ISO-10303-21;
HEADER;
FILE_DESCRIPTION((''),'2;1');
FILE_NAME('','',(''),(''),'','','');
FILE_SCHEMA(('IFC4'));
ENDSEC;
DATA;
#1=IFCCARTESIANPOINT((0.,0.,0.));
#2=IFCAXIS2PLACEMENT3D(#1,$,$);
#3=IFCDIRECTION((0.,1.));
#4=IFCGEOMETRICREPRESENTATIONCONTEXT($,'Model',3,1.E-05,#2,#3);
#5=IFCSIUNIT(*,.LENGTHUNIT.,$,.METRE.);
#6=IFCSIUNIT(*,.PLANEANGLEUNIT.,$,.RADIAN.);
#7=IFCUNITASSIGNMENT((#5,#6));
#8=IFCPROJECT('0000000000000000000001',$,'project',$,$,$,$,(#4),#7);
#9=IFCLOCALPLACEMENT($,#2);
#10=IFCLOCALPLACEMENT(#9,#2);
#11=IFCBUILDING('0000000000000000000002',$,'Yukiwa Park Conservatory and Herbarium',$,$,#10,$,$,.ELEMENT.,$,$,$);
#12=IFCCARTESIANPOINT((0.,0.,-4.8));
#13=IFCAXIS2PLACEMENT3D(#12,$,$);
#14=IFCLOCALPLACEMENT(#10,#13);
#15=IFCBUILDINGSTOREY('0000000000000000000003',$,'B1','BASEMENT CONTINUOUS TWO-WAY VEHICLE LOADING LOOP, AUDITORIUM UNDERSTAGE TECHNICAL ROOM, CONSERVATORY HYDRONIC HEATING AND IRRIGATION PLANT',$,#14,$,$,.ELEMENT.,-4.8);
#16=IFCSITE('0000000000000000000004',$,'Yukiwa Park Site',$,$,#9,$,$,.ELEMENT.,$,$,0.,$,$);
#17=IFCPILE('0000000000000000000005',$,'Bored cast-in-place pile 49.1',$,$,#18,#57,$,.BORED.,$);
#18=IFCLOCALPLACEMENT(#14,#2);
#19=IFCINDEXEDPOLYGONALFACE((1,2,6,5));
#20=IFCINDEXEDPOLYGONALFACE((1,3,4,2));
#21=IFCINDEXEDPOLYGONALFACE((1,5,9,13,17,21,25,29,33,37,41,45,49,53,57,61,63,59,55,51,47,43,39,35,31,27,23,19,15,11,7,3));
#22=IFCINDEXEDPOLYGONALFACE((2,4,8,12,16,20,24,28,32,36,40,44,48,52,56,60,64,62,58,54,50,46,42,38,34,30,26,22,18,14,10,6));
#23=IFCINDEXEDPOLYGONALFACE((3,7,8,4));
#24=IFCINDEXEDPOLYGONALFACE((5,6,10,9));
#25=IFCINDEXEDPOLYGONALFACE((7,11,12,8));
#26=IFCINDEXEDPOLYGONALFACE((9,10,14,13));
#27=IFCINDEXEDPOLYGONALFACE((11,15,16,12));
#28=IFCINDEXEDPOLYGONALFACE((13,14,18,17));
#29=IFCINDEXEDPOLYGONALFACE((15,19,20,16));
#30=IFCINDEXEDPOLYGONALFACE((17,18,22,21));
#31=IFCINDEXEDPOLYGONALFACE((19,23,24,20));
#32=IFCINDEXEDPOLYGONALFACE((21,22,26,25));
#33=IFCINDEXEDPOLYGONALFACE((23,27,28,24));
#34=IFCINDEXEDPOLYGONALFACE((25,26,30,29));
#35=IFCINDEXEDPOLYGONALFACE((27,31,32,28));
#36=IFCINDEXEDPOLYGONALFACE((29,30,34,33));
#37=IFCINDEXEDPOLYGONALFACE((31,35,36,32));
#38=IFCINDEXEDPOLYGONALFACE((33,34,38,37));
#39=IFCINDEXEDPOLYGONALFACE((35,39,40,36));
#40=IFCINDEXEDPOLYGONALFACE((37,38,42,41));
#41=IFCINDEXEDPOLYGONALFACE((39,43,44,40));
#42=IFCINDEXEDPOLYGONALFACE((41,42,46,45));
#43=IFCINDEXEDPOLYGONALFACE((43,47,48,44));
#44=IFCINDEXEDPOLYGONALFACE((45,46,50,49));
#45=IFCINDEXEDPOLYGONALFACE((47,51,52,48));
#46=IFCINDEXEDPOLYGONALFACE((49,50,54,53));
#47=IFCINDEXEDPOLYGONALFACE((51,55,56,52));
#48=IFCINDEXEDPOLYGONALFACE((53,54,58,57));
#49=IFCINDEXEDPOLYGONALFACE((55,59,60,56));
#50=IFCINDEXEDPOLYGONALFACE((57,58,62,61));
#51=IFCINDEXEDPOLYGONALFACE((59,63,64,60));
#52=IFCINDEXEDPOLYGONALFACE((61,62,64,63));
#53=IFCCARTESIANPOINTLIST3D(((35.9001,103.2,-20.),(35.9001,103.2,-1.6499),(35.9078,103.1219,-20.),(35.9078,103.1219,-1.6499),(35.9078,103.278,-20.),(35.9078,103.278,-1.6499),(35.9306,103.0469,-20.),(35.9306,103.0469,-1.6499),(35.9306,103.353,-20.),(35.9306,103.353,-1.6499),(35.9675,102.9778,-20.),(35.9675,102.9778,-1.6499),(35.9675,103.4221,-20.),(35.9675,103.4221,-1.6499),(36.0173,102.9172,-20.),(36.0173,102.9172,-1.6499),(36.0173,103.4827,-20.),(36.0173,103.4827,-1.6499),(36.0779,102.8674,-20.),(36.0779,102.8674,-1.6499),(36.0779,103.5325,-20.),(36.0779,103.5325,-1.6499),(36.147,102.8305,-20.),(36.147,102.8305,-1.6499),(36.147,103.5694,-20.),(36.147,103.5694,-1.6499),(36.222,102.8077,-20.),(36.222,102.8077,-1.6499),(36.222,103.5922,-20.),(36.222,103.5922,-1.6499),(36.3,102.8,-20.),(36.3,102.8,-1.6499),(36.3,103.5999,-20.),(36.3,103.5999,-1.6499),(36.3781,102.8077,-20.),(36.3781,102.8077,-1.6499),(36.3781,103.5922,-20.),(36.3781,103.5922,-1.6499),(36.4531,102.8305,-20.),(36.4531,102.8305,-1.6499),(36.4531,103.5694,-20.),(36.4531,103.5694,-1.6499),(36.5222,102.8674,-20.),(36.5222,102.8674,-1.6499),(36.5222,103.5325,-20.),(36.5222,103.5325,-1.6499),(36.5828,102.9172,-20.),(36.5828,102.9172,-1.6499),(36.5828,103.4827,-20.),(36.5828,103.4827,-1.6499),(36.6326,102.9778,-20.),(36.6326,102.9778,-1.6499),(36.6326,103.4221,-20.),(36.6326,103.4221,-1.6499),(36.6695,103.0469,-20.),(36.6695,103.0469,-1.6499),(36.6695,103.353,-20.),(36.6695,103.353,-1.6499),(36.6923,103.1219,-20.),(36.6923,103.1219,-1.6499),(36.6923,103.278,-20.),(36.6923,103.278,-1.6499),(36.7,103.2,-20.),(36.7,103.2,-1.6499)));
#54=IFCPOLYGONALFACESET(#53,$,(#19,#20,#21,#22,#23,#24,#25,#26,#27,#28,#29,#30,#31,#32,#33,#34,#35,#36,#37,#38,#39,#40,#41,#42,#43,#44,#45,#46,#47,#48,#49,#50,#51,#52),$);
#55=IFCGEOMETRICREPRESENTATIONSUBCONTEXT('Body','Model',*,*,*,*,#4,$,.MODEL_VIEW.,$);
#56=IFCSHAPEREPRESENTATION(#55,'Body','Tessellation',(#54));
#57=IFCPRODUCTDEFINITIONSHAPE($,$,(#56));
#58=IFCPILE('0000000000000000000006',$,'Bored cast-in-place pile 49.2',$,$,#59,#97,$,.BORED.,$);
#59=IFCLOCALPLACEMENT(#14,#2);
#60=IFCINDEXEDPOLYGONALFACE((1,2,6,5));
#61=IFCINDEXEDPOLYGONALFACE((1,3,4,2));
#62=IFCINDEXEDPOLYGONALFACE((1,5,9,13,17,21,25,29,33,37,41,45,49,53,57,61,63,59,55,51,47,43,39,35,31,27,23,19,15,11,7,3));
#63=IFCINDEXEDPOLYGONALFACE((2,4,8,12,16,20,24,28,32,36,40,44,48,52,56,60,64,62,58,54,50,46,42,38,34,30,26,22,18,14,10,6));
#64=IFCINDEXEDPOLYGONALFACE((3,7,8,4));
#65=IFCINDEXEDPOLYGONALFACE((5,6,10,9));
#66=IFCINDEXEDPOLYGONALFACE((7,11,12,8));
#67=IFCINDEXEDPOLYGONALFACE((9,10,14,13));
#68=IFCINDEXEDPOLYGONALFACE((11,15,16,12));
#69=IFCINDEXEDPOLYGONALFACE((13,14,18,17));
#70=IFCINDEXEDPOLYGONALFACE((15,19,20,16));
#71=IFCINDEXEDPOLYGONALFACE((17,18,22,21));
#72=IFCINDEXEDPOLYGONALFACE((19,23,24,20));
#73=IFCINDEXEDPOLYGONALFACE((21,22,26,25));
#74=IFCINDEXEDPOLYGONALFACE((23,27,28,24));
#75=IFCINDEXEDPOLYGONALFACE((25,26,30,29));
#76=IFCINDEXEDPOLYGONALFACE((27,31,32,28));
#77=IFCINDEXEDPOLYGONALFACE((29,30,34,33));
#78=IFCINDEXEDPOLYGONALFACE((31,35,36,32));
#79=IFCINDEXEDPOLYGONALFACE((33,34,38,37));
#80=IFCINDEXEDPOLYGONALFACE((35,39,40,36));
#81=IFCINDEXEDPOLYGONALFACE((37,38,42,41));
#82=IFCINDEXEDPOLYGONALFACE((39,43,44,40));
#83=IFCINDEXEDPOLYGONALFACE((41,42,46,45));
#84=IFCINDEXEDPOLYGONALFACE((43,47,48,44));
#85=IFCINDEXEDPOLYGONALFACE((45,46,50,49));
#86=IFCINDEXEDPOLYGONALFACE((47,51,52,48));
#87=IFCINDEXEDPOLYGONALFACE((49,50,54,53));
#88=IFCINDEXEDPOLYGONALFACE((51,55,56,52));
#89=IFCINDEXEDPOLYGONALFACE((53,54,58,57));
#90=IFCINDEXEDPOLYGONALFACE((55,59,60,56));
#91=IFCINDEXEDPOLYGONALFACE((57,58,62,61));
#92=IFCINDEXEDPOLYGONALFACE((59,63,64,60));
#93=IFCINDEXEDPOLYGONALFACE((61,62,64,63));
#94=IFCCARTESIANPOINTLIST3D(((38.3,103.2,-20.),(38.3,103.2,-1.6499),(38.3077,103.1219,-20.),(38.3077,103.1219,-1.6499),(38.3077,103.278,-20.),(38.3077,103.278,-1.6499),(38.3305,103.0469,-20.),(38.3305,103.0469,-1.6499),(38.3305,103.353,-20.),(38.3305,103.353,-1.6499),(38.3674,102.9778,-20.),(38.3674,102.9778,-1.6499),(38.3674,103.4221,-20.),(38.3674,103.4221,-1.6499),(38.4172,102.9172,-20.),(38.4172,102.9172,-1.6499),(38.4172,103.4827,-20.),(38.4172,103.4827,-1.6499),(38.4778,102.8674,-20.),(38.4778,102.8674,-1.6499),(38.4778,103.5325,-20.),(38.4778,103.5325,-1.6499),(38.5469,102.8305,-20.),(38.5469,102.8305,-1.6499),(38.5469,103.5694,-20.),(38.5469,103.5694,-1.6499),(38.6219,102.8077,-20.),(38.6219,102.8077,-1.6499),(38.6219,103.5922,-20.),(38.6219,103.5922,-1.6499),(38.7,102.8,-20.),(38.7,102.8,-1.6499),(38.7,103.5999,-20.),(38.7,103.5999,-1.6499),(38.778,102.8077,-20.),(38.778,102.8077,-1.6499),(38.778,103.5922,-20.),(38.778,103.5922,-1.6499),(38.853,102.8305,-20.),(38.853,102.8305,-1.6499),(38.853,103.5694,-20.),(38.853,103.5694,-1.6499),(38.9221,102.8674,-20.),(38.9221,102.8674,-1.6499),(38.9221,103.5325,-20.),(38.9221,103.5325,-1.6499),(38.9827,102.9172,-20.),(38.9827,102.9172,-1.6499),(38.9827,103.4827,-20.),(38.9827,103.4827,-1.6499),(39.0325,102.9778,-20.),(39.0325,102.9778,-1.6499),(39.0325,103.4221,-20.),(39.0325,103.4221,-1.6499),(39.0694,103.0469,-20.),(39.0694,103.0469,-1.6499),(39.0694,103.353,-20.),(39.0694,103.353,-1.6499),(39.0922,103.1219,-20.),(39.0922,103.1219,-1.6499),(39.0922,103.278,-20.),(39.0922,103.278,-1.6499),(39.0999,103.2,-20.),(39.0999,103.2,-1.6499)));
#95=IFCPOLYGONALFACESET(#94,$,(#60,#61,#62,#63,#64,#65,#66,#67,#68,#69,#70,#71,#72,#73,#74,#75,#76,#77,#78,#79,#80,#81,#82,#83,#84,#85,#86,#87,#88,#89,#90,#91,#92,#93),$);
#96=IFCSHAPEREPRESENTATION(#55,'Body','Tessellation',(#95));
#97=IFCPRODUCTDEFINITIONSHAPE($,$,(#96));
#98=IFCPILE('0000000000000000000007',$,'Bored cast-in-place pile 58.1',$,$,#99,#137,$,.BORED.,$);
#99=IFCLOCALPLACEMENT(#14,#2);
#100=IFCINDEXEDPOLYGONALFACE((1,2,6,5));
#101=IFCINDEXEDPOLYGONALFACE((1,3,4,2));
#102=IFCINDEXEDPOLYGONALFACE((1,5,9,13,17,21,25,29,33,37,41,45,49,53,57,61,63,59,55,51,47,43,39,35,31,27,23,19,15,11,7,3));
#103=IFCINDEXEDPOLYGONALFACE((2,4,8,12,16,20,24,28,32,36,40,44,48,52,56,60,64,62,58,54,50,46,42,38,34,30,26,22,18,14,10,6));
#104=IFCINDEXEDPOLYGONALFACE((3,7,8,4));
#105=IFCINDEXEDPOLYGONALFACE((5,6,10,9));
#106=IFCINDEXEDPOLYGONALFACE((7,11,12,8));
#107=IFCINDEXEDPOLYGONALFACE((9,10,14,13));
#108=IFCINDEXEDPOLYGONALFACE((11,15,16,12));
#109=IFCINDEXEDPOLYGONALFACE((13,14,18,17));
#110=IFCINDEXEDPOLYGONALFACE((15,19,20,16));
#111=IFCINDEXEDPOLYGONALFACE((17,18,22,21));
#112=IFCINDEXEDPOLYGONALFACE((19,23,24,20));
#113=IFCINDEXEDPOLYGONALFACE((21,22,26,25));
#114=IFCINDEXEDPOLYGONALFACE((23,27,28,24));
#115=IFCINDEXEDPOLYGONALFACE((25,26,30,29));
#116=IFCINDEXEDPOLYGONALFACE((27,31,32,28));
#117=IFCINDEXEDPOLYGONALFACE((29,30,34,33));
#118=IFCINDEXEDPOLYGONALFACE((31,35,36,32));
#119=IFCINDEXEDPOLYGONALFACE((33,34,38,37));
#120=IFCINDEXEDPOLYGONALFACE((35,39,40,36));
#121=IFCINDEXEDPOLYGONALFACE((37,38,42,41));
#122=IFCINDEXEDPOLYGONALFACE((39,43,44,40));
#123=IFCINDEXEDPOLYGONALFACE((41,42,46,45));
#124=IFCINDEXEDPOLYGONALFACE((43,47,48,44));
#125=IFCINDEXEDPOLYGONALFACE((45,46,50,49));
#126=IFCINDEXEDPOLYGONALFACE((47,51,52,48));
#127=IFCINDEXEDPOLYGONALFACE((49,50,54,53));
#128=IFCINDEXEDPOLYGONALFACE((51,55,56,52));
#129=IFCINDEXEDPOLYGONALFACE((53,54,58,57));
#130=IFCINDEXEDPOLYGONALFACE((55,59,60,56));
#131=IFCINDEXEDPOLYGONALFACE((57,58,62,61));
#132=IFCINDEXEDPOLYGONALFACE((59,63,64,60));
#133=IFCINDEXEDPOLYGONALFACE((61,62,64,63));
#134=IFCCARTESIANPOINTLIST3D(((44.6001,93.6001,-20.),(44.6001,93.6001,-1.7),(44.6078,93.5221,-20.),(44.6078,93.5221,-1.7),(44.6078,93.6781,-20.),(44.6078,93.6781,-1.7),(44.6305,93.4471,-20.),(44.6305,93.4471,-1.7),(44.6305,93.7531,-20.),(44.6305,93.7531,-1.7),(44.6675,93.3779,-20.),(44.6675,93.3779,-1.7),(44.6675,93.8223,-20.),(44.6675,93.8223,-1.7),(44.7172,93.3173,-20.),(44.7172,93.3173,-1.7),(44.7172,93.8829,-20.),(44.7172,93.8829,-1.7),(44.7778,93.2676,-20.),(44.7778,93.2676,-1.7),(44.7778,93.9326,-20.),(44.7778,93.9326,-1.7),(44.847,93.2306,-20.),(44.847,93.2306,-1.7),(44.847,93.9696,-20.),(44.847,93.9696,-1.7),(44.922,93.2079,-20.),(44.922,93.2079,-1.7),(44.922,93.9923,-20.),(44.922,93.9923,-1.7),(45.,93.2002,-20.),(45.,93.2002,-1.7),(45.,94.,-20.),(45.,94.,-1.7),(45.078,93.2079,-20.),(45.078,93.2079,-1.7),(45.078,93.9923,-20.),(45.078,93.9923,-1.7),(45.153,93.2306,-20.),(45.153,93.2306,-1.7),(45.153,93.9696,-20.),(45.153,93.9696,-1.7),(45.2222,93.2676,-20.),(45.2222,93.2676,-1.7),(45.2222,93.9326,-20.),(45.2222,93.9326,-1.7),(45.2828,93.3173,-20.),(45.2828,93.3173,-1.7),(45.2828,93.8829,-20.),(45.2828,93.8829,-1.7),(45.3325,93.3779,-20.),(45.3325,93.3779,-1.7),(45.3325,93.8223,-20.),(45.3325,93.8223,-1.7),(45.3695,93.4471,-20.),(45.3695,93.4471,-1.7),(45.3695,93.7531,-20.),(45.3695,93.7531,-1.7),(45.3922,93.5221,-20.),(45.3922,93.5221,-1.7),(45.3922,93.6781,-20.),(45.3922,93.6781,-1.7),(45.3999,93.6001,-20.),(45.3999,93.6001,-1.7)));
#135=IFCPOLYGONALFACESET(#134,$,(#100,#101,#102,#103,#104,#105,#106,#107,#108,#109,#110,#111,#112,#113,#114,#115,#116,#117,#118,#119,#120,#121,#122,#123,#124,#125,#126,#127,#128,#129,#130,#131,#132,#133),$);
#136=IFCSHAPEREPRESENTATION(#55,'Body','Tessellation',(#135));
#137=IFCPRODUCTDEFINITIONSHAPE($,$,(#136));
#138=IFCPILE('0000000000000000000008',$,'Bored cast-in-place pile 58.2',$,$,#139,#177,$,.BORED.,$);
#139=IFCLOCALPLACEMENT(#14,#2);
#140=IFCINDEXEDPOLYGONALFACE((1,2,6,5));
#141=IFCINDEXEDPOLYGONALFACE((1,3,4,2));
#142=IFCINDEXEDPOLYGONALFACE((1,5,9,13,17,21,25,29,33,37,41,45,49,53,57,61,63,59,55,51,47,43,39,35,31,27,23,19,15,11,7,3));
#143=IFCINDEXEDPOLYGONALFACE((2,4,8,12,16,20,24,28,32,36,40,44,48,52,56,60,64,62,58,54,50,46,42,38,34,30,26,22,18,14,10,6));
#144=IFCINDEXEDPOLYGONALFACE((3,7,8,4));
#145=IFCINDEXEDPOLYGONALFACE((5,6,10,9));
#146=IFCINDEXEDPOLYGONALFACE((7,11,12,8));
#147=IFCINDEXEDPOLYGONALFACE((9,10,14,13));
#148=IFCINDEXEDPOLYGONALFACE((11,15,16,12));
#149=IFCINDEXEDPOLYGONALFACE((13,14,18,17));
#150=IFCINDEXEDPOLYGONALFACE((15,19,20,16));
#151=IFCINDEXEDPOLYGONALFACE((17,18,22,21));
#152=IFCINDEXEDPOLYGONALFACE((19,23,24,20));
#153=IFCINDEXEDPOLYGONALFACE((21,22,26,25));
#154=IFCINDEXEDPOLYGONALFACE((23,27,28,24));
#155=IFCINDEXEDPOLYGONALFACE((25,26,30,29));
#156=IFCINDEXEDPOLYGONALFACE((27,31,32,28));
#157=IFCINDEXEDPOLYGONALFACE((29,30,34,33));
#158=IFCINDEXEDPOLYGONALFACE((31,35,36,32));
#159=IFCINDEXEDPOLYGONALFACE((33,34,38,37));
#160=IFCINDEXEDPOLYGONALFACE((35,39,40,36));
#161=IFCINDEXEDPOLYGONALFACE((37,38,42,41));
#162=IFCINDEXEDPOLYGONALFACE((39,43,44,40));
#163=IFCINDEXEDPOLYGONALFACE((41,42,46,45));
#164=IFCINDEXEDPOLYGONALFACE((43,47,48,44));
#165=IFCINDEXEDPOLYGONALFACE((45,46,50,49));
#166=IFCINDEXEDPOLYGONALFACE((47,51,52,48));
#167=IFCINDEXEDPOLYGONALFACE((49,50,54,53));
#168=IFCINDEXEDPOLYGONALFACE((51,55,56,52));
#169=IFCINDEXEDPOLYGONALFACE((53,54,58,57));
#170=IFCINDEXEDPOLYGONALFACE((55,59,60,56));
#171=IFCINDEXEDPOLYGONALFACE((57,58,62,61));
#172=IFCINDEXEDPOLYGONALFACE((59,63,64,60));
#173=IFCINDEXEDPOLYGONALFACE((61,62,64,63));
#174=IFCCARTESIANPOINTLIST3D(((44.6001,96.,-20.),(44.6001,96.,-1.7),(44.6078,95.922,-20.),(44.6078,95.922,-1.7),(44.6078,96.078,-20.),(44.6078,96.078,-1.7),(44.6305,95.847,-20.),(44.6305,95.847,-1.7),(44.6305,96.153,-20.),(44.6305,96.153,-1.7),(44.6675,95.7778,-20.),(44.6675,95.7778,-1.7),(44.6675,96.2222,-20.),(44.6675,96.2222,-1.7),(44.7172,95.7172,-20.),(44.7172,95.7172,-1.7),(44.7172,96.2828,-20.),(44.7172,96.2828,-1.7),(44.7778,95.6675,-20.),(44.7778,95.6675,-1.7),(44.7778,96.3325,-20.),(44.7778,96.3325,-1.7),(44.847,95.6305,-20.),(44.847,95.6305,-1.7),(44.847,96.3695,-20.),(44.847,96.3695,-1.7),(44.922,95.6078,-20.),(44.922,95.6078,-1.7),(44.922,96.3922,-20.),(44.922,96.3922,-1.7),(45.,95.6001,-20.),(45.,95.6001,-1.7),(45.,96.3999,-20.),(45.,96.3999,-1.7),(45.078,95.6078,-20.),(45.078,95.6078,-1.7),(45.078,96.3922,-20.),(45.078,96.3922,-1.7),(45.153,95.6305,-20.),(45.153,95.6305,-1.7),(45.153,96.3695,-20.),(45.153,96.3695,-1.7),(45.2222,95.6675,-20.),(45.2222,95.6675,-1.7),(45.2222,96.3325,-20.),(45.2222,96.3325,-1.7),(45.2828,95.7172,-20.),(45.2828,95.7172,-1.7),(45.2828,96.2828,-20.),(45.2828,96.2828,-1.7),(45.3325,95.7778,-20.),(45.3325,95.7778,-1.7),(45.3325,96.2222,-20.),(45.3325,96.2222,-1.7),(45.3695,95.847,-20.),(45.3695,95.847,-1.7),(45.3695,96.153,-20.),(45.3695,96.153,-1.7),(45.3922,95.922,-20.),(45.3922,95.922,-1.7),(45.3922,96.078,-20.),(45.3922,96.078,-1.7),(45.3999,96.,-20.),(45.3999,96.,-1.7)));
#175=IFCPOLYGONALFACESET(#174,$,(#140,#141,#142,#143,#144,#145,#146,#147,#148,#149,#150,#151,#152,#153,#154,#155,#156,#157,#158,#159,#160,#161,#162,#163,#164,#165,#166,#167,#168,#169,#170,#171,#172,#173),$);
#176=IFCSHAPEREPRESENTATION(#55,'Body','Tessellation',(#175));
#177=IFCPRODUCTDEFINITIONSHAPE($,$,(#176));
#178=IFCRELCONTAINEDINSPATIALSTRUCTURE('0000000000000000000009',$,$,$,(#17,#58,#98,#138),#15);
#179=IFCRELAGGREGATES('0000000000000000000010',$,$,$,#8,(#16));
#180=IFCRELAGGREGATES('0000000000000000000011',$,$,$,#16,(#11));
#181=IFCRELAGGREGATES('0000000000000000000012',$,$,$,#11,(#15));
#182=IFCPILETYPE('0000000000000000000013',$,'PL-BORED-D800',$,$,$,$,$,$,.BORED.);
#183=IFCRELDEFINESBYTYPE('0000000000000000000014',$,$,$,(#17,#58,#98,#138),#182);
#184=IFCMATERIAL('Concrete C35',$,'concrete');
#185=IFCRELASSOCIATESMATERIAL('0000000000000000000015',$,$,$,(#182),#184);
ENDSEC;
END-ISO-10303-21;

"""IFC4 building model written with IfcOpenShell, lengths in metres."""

from ifc_helpers import new_model, si_unit, direction, frame, origin, origin_2d, place, context, subcontext, project, spatial, circle, extrude, material, material_profile, profile_set, type_object, element, save


model = new_model("IFC4")

# Units and contexts
model_context = context("Model", 3, precision=1e-05, world=origin(), true_north=direction((0.0, 1.0)))
body_context = subcontext(model_context, "Body", "Model", "MODEL_VIEW")
ifc_project = project(units=[si_unit("LENGTHUNIT", "METRE"), si_unit("PLANEANGLEUNIT", "RADIAN")], contexts=[model_context])

# Site, building, storey
site_placement = place(None, origin())
site = spatial("IfcSite", under=ifc_project, at=site_placement, Name="Yukiwa Park Site", CompositionType="ELEMENT", RefElevation=0.0)
building_placement = place(site_placement, origin())
building = spatial("IfcBuilding", under=site, at=building_placement, Name="Yukiwa Park Conservatory and Herbarium", CompositionType="ELEMENT")
storey_placement = place(building_placement, frame((0.0, 0.0, -4.8)))
storey = spatial("IfcBuildingStorey", under=building, at=storey_placement, Name="B1", Description="BASEMENT CONTINUOUS TWO-WAY VEHICLE LOADING LOOP, AUDITORIUM UNDERSTAGE TECHNICAL ROOM, CONSERVATORY HYDRONIC HEATING AND IRRIGATION PLANT", CompositionType="ELEMENT", Elevation=-4.8)

# Piles
ifc_material_1 = material(Name="Concrete C35", Category="concrete")
ifc_material_profile_1 = material_profile(ifc_material_1, circle(Radius=0.3999, at=origin_2d()), Name="PILE D800")
ifc_profile_set_1 = profile_set([ifc_material_profile_1], Name="Concrete C35")
pile_type_1 = type_object("IfcPileType", Name="PL-BORED-D800", PredefinedType="BORED", material=ifc_profile_set_1)
for number, where, z_axis, x_axis, name in (
    (1, (36.3, 103.2, -1.6499), (0.0, 0.0, -1.0), (1.0, 0.0, 0.0), "Bored cast-in-place pile 49.1"),
    (2, (38.7, 103.2, -1.6499), (0.0, 0.0, -1.0), (1.0, 0.0, 0.0), "Bored cast-in-place pile 49.2"),
):
    element("IfcPile", number, at=place(storey_placement, frame(where, z_axis=z_axis, x_axis=x_axis)), inside=storey, type_object=pile_type_1, Name=name, PredefinedType="BORED", context=body_context, shape_type="SweptSolid", body=[
        extrude(circle(Radius=0.3999, at=origin_2d()), origin(), (0.0, 0.0, 1.0), 18.3501),
    ])
for number, where, z_axis, x_axis, name in (
    (3, (45.0, 93.6001, -1.7), (0.0, 0.0, -1.0), (1.0, 0.0, 0.0), "Bored cast-in-place pile 58.1"),
    (4, (45.0, 96.0, -1.7), (0.0, 0.0, -1.0), (1.0, 0.0, 0.0), "Bored cast-in-place pile 58.2"),
):
    element("IfcPile", number, at=place(storey_placement, frame(where, z_axis=z_axis, x_axis=x_axis)), inside=storey, type_object=pile_type_1, Name=name, PredefinedType="BORED", context=body_context, shape_type="SweptSolid", body=[
        extrude(circle(Radius=0.3999, at=origin_2d()), origin(), (0.0, 0.0, 1.0), 18.3),
    ])

save(model, "model.ifc")
